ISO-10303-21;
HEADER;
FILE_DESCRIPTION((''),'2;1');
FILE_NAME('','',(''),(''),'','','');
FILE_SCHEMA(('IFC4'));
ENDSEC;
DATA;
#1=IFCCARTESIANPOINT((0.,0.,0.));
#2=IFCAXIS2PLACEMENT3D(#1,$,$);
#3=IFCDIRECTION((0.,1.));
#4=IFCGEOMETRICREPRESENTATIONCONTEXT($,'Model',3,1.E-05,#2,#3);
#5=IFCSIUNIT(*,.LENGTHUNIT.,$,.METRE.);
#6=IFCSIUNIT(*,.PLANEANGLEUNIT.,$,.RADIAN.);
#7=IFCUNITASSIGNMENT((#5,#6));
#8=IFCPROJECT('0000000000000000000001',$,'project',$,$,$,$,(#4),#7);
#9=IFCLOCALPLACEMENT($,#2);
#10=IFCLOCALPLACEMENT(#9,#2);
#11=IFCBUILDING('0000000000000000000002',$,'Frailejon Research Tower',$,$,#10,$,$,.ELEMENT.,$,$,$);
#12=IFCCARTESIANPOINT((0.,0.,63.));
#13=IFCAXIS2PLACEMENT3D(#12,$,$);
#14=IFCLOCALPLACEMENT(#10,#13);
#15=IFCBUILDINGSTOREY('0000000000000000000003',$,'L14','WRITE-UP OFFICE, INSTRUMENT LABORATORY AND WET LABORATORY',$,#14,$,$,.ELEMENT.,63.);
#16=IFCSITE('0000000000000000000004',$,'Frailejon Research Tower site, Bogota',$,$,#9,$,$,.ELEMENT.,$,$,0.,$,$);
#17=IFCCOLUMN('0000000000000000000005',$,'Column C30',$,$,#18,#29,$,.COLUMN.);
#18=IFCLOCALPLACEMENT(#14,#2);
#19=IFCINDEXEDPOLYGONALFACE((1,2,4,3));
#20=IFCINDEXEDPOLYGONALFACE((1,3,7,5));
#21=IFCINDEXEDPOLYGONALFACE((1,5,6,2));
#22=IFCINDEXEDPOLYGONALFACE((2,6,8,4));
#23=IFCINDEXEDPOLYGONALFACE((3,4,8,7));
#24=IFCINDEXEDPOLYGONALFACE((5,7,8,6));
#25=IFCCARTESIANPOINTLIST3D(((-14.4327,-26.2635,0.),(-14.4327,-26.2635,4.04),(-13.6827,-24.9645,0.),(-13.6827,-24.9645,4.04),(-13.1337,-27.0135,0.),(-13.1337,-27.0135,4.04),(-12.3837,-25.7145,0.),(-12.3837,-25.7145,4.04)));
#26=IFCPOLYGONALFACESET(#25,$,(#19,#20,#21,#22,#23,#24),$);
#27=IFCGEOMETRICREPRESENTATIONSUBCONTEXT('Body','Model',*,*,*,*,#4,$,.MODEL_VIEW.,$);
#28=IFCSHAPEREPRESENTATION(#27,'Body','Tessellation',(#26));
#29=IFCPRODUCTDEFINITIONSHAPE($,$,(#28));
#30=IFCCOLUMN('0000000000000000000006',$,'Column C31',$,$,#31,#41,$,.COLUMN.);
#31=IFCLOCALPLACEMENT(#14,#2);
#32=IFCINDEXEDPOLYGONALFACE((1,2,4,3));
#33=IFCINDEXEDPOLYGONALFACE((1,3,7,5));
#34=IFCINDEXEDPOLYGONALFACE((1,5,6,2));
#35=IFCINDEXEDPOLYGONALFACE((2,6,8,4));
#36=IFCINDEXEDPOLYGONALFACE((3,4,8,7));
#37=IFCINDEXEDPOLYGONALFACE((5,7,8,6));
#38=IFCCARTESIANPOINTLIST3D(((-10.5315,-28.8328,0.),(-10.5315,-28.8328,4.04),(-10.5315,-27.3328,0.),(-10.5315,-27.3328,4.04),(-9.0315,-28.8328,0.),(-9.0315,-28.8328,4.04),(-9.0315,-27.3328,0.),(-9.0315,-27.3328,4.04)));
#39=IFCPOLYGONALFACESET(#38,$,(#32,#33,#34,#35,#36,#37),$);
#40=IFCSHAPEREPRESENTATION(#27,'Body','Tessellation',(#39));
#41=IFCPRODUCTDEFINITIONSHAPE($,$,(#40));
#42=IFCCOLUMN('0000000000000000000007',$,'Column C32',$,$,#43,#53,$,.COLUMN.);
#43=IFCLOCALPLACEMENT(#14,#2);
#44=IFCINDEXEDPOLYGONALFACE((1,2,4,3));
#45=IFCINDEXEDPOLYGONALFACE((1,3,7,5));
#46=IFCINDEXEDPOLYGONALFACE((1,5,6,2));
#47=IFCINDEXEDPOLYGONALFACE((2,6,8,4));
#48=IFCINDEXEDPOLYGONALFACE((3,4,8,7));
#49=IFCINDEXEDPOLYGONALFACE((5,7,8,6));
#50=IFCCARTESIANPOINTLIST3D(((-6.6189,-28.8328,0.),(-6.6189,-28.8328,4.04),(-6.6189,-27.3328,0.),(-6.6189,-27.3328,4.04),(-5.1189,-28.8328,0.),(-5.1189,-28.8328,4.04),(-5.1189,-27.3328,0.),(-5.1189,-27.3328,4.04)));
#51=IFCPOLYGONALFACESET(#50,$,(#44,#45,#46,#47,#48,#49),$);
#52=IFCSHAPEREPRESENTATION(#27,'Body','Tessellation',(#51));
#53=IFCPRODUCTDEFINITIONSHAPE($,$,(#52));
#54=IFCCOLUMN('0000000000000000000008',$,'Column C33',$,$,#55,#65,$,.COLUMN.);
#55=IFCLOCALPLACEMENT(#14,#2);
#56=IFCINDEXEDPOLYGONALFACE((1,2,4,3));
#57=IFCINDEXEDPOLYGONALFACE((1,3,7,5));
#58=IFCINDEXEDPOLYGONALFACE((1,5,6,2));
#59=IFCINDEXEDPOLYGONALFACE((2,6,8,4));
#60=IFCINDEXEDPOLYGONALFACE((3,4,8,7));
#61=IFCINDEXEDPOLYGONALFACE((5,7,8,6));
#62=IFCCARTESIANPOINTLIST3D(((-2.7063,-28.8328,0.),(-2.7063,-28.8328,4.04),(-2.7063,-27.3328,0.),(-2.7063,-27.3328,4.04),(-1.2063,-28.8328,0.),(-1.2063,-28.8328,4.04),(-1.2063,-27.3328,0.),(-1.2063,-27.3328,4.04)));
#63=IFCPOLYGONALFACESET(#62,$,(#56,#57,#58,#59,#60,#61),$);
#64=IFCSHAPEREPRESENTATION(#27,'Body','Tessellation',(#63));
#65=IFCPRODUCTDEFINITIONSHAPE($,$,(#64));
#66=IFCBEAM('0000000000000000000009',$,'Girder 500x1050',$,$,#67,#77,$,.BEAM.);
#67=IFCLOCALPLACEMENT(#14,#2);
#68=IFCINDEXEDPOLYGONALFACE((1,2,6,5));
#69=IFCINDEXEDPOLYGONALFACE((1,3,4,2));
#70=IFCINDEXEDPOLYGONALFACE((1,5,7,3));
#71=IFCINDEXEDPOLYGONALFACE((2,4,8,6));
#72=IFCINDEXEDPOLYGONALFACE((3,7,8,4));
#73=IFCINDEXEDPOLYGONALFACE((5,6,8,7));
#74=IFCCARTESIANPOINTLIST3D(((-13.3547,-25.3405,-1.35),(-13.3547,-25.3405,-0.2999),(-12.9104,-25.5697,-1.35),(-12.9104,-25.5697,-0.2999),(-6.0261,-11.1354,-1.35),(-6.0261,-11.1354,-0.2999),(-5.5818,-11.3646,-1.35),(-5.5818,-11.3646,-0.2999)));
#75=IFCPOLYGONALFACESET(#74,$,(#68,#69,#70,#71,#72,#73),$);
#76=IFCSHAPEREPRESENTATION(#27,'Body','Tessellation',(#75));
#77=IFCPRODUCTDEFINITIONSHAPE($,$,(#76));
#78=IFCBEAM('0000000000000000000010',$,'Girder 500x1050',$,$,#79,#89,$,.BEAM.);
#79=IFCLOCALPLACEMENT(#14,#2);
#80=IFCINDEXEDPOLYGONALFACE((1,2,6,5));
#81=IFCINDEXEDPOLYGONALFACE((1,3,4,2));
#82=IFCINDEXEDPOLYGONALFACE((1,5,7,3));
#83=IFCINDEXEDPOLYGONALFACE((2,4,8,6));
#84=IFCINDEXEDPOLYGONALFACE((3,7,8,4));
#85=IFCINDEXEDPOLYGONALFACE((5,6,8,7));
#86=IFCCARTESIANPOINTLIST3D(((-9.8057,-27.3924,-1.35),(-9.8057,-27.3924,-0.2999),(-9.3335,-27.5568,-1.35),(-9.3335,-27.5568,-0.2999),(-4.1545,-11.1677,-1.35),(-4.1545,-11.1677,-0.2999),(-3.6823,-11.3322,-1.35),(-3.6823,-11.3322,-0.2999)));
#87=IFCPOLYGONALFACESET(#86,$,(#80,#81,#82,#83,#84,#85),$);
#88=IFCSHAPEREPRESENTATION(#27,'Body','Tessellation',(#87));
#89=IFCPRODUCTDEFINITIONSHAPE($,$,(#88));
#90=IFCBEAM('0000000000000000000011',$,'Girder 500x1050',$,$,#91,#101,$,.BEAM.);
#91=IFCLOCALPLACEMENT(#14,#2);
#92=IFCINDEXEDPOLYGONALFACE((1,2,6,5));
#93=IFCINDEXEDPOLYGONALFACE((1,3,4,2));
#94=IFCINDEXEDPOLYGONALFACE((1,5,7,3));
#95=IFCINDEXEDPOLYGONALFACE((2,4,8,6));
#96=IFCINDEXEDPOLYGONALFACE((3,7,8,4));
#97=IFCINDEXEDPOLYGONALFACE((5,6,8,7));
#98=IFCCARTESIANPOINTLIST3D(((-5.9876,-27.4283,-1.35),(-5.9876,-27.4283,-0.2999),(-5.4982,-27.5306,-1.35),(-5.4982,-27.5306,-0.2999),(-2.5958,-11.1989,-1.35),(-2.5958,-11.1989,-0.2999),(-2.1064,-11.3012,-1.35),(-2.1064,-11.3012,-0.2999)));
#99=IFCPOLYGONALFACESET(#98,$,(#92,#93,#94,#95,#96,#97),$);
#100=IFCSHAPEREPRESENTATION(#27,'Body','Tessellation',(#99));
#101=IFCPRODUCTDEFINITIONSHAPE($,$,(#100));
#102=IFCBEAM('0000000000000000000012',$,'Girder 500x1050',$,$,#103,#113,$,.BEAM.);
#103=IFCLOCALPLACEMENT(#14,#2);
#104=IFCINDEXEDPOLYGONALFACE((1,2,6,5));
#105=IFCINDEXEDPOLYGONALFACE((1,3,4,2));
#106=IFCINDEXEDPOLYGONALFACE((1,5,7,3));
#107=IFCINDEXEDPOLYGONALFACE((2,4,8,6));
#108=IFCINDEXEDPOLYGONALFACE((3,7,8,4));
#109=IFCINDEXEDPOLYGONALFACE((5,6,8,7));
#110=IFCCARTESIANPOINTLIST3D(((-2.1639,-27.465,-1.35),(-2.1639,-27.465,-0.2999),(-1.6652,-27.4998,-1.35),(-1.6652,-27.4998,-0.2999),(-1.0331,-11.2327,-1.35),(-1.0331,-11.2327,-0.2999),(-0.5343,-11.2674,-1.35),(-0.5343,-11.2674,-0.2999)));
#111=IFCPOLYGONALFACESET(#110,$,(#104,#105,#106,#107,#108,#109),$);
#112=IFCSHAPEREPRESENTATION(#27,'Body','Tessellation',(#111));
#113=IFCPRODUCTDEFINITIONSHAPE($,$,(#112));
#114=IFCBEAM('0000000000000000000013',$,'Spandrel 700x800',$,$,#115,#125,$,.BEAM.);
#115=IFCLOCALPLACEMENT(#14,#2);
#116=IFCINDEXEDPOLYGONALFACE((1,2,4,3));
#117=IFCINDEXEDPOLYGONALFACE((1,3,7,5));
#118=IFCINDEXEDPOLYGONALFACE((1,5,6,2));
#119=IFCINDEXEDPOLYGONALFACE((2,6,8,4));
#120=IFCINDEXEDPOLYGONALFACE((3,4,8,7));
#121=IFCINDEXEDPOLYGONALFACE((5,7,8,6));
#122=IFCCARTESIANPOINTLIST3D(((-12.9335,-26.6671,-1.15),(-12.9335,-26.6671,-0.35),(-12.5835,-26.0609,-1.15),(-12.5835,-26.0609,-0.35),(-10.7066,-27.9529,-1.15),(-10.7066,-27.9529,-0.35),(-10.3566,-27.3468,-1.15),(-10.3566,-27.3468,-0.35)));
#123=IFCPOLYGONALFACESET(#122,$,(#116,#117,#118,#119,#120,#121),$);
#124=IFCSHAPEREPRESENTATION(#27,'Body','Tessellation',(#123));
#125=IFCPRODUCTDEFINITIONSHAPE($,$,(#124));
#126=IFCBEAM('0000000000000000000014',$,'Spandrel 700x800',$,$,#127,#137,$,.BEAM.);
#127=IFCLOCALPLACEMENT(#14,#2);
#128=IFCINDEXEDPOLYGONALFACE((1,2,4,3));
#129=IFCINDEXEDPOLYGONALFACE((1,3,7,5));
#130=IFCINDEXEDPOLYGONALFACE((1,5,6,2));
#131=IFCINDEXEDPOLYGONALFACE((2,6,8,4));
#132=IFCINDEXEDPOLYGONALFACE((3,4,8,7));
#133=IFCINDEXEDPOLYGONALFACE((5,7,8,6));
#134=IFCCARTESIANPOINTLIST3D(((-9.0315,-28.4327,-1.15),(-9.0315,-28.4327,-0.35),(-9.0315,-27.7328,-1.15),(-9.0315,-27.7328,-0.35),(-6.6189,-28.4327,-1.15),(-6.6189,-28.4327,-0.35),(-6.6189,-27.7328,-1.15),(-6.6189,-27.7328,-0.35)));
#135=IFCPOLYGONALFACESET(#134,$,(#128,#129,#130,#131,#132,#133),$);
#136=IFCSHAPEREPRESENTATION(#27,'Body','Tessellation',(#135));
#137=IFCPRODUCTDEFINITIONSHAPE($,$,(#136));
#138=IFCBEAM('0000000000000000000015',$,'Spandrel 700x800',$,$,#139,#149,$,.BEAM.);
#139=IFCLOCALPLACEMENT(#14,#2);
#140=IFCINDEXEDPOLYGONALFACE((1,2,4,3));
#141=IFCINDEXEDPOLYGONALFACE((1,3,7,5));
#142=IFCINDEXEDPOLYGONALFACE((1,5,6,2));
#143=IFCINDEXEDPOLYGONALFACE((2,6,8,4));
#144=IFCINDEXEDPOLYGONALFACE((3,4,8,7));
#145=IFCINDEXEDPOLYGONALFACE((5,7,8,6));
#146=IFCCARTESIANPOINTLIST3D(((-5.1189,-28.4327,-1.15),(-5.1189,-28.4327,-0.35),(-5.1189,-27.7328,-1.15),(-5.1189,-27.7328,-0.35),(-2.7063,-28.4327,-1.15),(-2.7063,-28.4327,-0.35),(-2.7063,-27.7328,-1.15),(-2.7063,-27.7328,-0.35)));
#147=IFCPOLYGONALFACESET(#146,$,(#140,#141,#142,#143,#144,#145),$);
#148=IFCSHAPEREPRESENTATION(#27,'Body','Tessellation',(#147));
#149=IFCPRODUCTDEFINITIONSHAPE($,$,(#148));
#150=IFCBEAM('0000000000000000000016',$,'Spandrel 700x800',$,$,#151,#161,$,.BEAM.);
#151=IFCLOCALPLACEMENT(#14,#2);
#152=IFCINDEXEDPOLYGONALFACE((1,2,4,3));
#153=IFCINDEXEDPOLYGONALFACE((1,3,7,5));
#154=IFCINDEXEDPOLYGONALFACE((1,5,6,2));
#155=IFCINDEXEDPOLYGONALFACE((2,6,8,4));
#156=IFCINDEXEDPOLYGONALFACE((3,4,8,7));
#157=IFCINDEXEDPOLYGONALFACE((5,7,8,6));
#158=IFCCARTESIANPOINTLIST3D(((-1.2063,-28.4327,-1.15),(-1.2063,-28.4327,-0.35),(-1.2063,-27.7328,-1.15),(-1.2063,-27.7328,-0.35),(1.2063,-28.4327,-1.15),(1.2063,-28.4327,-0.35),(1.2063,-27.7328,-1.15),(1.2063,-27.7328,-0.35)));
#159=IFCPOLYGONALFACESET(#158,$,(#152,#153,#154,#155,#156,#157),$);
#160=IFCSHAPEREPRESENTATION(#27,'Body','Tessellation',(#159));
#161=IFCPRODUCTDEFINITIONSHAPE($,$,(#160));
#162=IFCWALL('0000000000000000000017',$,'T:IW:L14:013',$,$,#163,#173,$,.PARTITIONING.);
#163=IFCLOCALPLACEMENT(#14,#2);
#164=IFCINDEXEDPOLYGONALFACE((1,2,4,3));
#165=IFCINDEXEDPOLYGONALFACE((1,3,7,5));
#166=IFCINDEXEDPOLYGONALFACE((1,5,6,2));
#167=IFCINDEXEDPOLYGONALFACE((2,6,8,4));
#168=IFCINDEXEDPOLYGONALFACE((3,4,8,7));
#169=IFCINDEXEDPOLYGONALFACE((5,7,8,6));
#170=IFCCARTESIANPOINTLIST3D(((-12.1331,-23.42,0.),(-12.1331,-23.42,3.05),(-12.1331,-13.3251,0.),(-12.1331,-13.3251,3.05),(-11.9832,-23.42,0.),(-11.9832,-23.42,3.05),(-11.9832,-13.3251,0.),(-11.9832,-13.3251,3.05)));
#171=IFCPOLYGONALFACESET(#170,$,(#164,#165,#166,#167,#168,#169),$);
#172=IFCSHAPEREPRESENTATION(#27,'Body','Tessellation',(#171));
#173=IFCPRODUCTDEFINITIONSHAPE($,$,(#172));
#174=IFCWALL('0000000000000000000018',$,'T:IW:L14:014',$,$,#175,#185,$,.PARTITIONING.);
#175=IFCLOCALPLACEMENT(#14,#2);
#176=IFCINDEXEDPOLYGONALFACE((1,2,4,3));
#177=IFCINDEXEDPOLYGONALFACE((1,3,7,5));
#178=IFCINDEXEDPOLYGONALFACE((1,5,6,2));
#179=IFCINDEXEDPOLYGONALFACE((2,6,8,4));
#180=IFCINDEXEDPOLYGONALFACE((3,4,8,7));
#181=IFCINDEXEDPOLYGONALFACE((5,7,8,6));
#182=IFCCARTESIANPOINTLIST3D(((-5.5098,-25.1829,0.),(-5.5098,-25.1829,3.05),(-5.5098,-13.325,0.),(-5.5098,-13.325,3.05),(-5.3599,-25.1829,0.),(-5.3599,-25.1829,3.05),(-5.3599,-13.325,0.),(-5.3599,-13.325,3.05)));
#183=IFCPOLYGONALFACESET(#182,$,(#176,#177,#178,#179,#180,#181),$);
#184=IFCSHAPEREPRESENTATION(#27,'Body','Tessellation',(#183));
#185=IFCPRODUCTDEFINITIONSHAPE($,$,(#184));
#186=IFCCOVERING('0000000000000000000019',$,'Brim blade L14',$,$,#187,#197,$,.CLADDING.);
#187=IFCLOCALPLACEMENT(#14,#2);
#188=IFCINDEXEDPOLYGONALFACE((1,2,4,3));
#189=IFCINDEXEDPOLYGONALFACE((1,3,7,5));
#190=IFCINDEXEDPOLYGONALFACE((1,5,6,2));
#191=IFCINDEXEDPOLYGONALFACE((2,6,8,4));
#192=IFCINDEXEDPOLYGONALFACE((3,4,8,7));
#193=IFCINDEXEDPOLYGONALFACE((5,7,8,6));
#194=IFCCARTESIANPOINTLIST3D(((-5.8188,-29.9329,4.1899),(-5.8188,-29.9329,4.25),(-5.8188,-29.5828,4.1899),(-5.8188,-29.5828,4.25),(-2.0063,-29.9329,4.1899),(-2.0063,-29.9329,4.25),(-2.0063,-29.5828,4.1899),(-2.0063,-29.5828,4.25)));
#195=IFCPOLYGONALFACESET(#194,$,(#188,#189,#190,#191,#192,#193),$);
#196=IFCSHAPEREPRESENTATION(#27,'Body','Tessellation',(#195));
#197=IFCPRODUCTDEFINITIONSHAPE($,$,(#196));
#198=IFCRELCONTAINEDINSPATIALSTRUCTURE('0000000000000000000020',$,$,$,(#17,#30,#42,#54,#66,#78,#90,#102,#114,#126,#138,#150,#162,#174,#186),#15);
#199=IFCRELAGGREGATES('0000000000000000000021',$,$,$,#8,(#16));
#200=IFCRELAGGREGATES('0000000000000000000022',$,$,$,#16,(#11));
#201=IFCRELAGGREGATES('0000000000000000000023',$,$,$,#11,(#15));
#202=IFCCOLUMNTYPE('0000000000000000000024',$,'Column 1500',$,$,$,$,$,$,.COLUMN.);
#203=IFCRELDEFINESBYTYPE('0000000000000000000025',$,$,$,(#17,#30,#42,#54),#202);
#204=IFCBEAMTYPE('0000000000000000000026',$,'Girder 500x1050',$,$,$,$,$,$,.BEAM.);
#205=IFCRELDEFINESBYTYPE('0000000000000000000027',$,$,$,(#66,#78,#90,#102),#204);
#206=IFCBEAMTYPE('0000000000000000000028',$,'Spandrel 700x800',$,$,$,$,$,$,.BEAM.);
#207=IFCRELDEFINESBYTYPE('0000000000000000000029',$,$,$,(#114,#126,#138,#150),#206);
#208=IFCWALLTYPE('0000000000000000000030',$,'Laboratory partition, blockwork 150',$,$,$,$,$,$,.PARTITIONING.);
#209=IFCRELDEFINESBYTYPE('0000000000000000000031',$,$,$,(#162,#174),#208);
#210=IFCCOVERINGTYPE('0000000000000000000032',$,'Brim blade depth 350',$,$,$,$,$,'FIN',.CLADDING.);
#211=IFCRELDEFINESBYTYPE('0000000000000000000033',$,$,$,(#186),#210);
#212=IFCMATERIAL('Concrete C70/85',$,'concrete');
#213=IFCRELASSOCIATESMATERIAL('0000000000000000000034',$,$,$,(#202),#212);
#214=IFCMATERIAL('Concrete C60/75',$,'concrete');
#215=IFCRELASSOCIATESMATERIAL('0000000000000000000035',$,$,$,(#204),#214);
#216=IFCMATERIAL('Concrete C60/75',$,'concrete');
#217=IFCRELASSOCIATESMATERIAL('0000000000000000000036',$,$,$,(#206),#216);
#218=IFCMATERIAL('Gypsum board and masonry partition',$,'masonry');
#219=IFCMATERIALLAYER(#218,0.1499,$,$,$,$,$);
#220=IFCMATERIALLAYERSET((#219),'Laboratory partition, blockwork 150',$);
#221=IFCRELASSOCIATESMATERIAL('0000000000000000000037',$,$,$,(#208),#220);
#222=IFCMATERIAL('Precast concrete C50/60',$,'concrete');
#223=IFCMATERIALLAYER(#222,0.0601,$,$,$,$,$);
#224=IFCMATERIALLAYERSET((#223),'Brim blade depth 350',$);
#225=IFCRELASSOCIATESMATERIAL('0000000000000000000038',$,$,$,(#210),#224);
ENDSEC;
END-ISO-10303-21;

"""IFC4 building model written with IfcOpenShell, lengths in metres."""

from ifc_helpers import new_model, si_unit, direction, frame, frame_2d, origin, origin_2d, place, context, subcontext, project, spatial, polyline, rectangle, outline, extrude, material, layer, layer_set, material_profile, profile_set, type_object, element, save


model = new_model("IFC4")

# Units and contexts
model_context = context("Model", 3, precision=1e-05, world=origin(), true_north=direction((0.0, 1.0)))
body_context = subcontext(model_context, "Body", "Model", "MODEL_VIEW")
ifc_project = project(units=[si_unit("LENGTHUNIT", "METRE"), si_unit("PLANEANGLEUNIT", "RADIAN")], contexts=[model_context])

# Site, building, storey
site_placement = place(None, origin())
site = spatial("IfcSite", under=ifc_project, at=site_placement, Name="Frailejon Research Tower site, Bogota", CompositionType="ELEMENT", RefElevation=0.0)
building_placement = place(site_placement, origin())
building = spatial("IfcBuilding", under=site, at=building_placement, Name="Frailejon Research Tower", CompositionType="ELEMENT")
storey_placement = place(building_placement, frame((0.0, 0.0, 63.0)))
storey = spatial("IfcBuildingStorey", under=building, at=storey_placement, Name="L14", Description="WRITE-UP OFFICE, INSTRUMENT LABORATORY AND WET LABORATORY", CompositionType="ELEMENT", Elevation=63.0)

# Columns
ifc_material_1 = material(Name="Concrete C70/85", Category="concrete")
ifc_material_profile_1 = material_profile(ifc_material_1, rectangle(XDim=1.5, YDim=1.5, at=origin_2d()), Name="Column 1500")
ifc_profile_set_1 = profile_set([ifc_material_profile_1], Name="Concrete C70/85")
column_type = type_object("IfcColumnType", Name="Column 1500", PredefinedType="COLUMN", material=ifc_profile_set_1)
for number, where, z_axis, x_axis, name in (
    (1, (-13.4082, -25.989, 0.0), (0.0, 0.0, 1.0), (0.866025, -0.5, 0.0), "Column C30"),
    (2, (-9.7815, -28.0828, 0.0), (0.0, 0.0, 1.0), (1.0, 0.0, 0.0), "Column C31"),
    (3, (-5.8689, -28.0828, 0.0), (0.0, 0.0, 1.0), (1.0, 0.0, 0.0), "Column C32"),
    (4, (-1.9563, -28.0828, 0.0), (0.0, 0.0, 1.0), (1.0, 0.0, 0.0), "Column C33"),
):
    element("IfcColumn", number, at=place(storey_placement, frame(where, z_axis=z_axis, x_axis=x_axis)), inside=storey, type_object=column_type, Name=name, PredefinedType="COLUMN", context=body_context, shape_type="SweptSolid", body=[
        extrude(rectangle(XDim=1.5, YDim=1.5, at=origin_2d()), origin(), (0.0, 0.0, 1.0), 4.04),
    ])

# Beams
ifc_material_2 = material(Name="Concrete C60/75", Category="concrete")
ifc_material_profile_2 = material_profile(ifc_material_2, rectangle(XDim=0.5, YDim=1.05, at=origin_2d()), Name="Girder 500x1050")
ifc_profile_set_2 = profile_set([ifc_material_profile_2], Name="Concrete C60/75")
beam_type_1 = type_object("IfcBeamType", Name="Girder 500x1050", PredefinedType="BEAM", material=ifc_profile_set_2)
beam_1_placement = place(storey_placement, frame((-13.1326, -25.4551, -0.825), z_axis=(0.458493, 0.888698, 0.0), x_axis=(-0.888698, 0.458493, 0.0)))
element("IfcBeam", 5, at=beam_1_placement, inside=storey, type_object=beam_type_1, Name="Girder 500x1050", PredefinedType="BEAM", context=body_context, shape_type="SweptSolid", body=[
    extrude(rectangle(XDim=0.5, YDim=1.05, at=origin_2d()), origin(), (0.0, 0.0, 1.0), 15.9841),
])
beam_2_placement = place(storey_placement, frame((-9.5696, -27.4746, -0.825), z_axis=(0.328925, 0.944356, 0.0), x_axis=(-0.944356, 0.328925, 0.0)))
element("IfcBeam", 6, at=beam_2_placement, inside=storey, type_object=beam_type_1, Name="Girder 500x1050", PredefinedType="BEAM", context=body_context, shape_type="SweptSolid", body=[
    extrude(rectangle(XDim=0.5, YDim=1.05, at=origin_2d()), origin(), (0.0, 0.0, 1.0), 17.1807),
])
beam_3_placement = place(storey_placement, frame((-5.7429, -27.4795, -0.825), z_axis=(0.204573, 0.978851, 0.0), x_axis=(-0.978851, 0.204573, 0.0)))
element("IfcBeam", 7, at=beam_3_placement, inside=storey, type_object=beam_type_1, Name="Girder 500x1050", PredefinedType="BEAM", context=body_context, shape_type="SweptSolid", body=[
    extrude(rectangle(XDim=0.5, YDim=1.05, at=origin_2d()), origin(), (0.0, 0.0, 1.0), 16.5801),
])
beam_4_placement = place(storey_placement, frame((-1.9146, -27.4824, -0.825), z_axis=(0.069498, 0.997582, 0.0), x_axis=(-0.997582, 0.069498, 0.0)))
element("IfcBeam", 8, at=beam_4_placement, inside=storey, type_object=beam_type_1, Name="Girder 500x1050", PredefinedType="BEAM", context=body_context, shape_type="SweptSolid", body=[
    extrude(rectangle(XDim=0.5, YDim=1.05, at=origin_2d()), origin(), (0.0, 0.0, 1.0), 16.2717),
])
ifc_material_3 = material(Name="Concrete C60/75", Category="concrete")
ifc_material_profile_3 = material_profile(ifc_material_3, rectangle(XDim=0.7, YDim=0.8, at=origin_2d()), Name="Spandrel 700x800")
ifc_profile_set_3 = profile_set([ifc_material_profile_3], Name="Concrete C60/75")
beam_type_2 = type_object("IfcBeamType", Name="Spandrel 700x800", PredefinedType="BEAM", material=ifc_profile_set_3)
beam_5_placement = place(storey_placement, frame((-12.7585, -26.364, -0.75), z_axis=(0.866009, -0.500029, 0.0), x_axis=(0.500029, 0.866009, 0.0)))
element("IfcBeam", 9, at=beam_5_placement, inside=storey, type_object=beam_type_2, Name="Spandrel 700x800", PredefinedType="BEAM", context=body_context, shape_type="SweptSolid", body=[
    extrude(rectangle(XDim=0.7, YDim=0.8, at=origin_2d()), origin(), (0.0, 0.0, 1.0), 2.5715),
])
for number, where, z_axis, x_axis, name in (
    (10, (-9.0315, -28.0828, -0.75), (1.0, 0.0, 0.0), (0.0, 1.0, 0.0), "Spandrel 700x800"),
    (11, (-5.1189, -28.0828, -0.75), (1.0, 0.0, 0.0), (0.0, 1.0, 0.0), "Spandrel 700x800"),
    (12, (-1.2063, -28.0828, -0.75), (1.0, 0.0, 0.0), (0.0, 1.0, 0.0), "Spandrel 700x800"),
):
    element("IfcBeam", number, at=place(storey_placement, frame(where, z_axis=z_axis, x_axis=x_axis)), inside=storey, type_object=beam_type_2, Name=name, PredefinedType="BEAM", context=body_context, shape_type="SweptSolid", body=[
        extrude(rectangle(XDim=0.7, YDim=0.8, at=origin_2d()), origin(), (0.0, 0.0, 1.0), 2.4126),
    ])

# Walls
ifc_material_4 = material(Name="Gypsum board and masonry partition", Category="masonry")
ifc_layer_1 = layer(ifc_material_4, 0.1499)
ifc_layer_set_1 = layer_set([ifc_layer_1], Name="Laboratory partition, blockwork 150")
wall_type_1 = type_object("IfcWallType", Name="Laboratory partition, blockwork 150", PredefinedType="PARTITIONING", material=ifc_layer_set_1)
wall_1_placement = place(storey_placement, frame((-12.0581, -23.4199, 0.0), z_axis=(0.0, 0.0, 1.0), x_axis=(0.0, 1.0, 0.0)))
element("IfcWall", 13, at=wall_1_placement, inside=storey, type_object=wall_type_1, Name="T:IW:L14:013", PredefinedType="PARTITIONING", context=body_context, shape_type="SweptSolid", body=[
    extrude(rectangle(XDim=10.095, YDim=0.1499, at=frame_2d((5.0474, 0.0))), origin(), (0.0, 0.0, 1.0), 3.05),
])
wall_2_placement = place(storey_placement, frame((-5.4348, -25.1829, 0.0), z_axis=(0.0, 0.0, 1.0), x_axis=(0.0, 1.0, 0.0)))
element("IfcWall", 14, at=wall_2_placement, inside=storey, type_object=wall_type_1, Name="T:IW:L14:014", PredefinedType="PARTITIONING", context=body_context, shape_type="SweptSolid", body=[
    extrude(rectangle(XDim=11.8579, YDim=0.1499, at=frame_2d((5.929, 0.0))), origin(), (0.0, 0.0, 1.0), 3.05),
])

# Covering
ifc_material_5 = material(Name="Precast concrete C50/60", Category="concrete")
ifc_layer_2 = layer(ifc_material_5, 0.0601)
ifc_layer_set_2 = layer_set([ifc_layer_2], Name="Brim blade depth 350")
covering_type_1 = type_object("IfcCoveringType", Name="Brim blade depth 350", ElementType="FIN", PredefinedType="CLADDING", material=ifc_layer_set_2)
covering_1_placement = place(storey_placement, frame((-2.0063, -29.5828, 4.25), z_axis=(-1.0, 0.0, 0.0), x_axis=(0.0, -1.0, 0.0)))
element("IfcCovering", 15, at=covering_1_placement, inside=storey, type_object=covering_type_1, Name="Brim blade L14", PredefinedType="CLADDING", context=body_context, shape_type="SweptSolid", body=[
    extrude(outline(polyline([(0.0, -0.0601), (0.3501, -0.0601), (0.3501, 0.0), (0.0, 0.0), (0.0, -0.0601)])), origin(), (0.0, 0.0, 1.0), 3.8125),
])

save(model, "model.ifc")
